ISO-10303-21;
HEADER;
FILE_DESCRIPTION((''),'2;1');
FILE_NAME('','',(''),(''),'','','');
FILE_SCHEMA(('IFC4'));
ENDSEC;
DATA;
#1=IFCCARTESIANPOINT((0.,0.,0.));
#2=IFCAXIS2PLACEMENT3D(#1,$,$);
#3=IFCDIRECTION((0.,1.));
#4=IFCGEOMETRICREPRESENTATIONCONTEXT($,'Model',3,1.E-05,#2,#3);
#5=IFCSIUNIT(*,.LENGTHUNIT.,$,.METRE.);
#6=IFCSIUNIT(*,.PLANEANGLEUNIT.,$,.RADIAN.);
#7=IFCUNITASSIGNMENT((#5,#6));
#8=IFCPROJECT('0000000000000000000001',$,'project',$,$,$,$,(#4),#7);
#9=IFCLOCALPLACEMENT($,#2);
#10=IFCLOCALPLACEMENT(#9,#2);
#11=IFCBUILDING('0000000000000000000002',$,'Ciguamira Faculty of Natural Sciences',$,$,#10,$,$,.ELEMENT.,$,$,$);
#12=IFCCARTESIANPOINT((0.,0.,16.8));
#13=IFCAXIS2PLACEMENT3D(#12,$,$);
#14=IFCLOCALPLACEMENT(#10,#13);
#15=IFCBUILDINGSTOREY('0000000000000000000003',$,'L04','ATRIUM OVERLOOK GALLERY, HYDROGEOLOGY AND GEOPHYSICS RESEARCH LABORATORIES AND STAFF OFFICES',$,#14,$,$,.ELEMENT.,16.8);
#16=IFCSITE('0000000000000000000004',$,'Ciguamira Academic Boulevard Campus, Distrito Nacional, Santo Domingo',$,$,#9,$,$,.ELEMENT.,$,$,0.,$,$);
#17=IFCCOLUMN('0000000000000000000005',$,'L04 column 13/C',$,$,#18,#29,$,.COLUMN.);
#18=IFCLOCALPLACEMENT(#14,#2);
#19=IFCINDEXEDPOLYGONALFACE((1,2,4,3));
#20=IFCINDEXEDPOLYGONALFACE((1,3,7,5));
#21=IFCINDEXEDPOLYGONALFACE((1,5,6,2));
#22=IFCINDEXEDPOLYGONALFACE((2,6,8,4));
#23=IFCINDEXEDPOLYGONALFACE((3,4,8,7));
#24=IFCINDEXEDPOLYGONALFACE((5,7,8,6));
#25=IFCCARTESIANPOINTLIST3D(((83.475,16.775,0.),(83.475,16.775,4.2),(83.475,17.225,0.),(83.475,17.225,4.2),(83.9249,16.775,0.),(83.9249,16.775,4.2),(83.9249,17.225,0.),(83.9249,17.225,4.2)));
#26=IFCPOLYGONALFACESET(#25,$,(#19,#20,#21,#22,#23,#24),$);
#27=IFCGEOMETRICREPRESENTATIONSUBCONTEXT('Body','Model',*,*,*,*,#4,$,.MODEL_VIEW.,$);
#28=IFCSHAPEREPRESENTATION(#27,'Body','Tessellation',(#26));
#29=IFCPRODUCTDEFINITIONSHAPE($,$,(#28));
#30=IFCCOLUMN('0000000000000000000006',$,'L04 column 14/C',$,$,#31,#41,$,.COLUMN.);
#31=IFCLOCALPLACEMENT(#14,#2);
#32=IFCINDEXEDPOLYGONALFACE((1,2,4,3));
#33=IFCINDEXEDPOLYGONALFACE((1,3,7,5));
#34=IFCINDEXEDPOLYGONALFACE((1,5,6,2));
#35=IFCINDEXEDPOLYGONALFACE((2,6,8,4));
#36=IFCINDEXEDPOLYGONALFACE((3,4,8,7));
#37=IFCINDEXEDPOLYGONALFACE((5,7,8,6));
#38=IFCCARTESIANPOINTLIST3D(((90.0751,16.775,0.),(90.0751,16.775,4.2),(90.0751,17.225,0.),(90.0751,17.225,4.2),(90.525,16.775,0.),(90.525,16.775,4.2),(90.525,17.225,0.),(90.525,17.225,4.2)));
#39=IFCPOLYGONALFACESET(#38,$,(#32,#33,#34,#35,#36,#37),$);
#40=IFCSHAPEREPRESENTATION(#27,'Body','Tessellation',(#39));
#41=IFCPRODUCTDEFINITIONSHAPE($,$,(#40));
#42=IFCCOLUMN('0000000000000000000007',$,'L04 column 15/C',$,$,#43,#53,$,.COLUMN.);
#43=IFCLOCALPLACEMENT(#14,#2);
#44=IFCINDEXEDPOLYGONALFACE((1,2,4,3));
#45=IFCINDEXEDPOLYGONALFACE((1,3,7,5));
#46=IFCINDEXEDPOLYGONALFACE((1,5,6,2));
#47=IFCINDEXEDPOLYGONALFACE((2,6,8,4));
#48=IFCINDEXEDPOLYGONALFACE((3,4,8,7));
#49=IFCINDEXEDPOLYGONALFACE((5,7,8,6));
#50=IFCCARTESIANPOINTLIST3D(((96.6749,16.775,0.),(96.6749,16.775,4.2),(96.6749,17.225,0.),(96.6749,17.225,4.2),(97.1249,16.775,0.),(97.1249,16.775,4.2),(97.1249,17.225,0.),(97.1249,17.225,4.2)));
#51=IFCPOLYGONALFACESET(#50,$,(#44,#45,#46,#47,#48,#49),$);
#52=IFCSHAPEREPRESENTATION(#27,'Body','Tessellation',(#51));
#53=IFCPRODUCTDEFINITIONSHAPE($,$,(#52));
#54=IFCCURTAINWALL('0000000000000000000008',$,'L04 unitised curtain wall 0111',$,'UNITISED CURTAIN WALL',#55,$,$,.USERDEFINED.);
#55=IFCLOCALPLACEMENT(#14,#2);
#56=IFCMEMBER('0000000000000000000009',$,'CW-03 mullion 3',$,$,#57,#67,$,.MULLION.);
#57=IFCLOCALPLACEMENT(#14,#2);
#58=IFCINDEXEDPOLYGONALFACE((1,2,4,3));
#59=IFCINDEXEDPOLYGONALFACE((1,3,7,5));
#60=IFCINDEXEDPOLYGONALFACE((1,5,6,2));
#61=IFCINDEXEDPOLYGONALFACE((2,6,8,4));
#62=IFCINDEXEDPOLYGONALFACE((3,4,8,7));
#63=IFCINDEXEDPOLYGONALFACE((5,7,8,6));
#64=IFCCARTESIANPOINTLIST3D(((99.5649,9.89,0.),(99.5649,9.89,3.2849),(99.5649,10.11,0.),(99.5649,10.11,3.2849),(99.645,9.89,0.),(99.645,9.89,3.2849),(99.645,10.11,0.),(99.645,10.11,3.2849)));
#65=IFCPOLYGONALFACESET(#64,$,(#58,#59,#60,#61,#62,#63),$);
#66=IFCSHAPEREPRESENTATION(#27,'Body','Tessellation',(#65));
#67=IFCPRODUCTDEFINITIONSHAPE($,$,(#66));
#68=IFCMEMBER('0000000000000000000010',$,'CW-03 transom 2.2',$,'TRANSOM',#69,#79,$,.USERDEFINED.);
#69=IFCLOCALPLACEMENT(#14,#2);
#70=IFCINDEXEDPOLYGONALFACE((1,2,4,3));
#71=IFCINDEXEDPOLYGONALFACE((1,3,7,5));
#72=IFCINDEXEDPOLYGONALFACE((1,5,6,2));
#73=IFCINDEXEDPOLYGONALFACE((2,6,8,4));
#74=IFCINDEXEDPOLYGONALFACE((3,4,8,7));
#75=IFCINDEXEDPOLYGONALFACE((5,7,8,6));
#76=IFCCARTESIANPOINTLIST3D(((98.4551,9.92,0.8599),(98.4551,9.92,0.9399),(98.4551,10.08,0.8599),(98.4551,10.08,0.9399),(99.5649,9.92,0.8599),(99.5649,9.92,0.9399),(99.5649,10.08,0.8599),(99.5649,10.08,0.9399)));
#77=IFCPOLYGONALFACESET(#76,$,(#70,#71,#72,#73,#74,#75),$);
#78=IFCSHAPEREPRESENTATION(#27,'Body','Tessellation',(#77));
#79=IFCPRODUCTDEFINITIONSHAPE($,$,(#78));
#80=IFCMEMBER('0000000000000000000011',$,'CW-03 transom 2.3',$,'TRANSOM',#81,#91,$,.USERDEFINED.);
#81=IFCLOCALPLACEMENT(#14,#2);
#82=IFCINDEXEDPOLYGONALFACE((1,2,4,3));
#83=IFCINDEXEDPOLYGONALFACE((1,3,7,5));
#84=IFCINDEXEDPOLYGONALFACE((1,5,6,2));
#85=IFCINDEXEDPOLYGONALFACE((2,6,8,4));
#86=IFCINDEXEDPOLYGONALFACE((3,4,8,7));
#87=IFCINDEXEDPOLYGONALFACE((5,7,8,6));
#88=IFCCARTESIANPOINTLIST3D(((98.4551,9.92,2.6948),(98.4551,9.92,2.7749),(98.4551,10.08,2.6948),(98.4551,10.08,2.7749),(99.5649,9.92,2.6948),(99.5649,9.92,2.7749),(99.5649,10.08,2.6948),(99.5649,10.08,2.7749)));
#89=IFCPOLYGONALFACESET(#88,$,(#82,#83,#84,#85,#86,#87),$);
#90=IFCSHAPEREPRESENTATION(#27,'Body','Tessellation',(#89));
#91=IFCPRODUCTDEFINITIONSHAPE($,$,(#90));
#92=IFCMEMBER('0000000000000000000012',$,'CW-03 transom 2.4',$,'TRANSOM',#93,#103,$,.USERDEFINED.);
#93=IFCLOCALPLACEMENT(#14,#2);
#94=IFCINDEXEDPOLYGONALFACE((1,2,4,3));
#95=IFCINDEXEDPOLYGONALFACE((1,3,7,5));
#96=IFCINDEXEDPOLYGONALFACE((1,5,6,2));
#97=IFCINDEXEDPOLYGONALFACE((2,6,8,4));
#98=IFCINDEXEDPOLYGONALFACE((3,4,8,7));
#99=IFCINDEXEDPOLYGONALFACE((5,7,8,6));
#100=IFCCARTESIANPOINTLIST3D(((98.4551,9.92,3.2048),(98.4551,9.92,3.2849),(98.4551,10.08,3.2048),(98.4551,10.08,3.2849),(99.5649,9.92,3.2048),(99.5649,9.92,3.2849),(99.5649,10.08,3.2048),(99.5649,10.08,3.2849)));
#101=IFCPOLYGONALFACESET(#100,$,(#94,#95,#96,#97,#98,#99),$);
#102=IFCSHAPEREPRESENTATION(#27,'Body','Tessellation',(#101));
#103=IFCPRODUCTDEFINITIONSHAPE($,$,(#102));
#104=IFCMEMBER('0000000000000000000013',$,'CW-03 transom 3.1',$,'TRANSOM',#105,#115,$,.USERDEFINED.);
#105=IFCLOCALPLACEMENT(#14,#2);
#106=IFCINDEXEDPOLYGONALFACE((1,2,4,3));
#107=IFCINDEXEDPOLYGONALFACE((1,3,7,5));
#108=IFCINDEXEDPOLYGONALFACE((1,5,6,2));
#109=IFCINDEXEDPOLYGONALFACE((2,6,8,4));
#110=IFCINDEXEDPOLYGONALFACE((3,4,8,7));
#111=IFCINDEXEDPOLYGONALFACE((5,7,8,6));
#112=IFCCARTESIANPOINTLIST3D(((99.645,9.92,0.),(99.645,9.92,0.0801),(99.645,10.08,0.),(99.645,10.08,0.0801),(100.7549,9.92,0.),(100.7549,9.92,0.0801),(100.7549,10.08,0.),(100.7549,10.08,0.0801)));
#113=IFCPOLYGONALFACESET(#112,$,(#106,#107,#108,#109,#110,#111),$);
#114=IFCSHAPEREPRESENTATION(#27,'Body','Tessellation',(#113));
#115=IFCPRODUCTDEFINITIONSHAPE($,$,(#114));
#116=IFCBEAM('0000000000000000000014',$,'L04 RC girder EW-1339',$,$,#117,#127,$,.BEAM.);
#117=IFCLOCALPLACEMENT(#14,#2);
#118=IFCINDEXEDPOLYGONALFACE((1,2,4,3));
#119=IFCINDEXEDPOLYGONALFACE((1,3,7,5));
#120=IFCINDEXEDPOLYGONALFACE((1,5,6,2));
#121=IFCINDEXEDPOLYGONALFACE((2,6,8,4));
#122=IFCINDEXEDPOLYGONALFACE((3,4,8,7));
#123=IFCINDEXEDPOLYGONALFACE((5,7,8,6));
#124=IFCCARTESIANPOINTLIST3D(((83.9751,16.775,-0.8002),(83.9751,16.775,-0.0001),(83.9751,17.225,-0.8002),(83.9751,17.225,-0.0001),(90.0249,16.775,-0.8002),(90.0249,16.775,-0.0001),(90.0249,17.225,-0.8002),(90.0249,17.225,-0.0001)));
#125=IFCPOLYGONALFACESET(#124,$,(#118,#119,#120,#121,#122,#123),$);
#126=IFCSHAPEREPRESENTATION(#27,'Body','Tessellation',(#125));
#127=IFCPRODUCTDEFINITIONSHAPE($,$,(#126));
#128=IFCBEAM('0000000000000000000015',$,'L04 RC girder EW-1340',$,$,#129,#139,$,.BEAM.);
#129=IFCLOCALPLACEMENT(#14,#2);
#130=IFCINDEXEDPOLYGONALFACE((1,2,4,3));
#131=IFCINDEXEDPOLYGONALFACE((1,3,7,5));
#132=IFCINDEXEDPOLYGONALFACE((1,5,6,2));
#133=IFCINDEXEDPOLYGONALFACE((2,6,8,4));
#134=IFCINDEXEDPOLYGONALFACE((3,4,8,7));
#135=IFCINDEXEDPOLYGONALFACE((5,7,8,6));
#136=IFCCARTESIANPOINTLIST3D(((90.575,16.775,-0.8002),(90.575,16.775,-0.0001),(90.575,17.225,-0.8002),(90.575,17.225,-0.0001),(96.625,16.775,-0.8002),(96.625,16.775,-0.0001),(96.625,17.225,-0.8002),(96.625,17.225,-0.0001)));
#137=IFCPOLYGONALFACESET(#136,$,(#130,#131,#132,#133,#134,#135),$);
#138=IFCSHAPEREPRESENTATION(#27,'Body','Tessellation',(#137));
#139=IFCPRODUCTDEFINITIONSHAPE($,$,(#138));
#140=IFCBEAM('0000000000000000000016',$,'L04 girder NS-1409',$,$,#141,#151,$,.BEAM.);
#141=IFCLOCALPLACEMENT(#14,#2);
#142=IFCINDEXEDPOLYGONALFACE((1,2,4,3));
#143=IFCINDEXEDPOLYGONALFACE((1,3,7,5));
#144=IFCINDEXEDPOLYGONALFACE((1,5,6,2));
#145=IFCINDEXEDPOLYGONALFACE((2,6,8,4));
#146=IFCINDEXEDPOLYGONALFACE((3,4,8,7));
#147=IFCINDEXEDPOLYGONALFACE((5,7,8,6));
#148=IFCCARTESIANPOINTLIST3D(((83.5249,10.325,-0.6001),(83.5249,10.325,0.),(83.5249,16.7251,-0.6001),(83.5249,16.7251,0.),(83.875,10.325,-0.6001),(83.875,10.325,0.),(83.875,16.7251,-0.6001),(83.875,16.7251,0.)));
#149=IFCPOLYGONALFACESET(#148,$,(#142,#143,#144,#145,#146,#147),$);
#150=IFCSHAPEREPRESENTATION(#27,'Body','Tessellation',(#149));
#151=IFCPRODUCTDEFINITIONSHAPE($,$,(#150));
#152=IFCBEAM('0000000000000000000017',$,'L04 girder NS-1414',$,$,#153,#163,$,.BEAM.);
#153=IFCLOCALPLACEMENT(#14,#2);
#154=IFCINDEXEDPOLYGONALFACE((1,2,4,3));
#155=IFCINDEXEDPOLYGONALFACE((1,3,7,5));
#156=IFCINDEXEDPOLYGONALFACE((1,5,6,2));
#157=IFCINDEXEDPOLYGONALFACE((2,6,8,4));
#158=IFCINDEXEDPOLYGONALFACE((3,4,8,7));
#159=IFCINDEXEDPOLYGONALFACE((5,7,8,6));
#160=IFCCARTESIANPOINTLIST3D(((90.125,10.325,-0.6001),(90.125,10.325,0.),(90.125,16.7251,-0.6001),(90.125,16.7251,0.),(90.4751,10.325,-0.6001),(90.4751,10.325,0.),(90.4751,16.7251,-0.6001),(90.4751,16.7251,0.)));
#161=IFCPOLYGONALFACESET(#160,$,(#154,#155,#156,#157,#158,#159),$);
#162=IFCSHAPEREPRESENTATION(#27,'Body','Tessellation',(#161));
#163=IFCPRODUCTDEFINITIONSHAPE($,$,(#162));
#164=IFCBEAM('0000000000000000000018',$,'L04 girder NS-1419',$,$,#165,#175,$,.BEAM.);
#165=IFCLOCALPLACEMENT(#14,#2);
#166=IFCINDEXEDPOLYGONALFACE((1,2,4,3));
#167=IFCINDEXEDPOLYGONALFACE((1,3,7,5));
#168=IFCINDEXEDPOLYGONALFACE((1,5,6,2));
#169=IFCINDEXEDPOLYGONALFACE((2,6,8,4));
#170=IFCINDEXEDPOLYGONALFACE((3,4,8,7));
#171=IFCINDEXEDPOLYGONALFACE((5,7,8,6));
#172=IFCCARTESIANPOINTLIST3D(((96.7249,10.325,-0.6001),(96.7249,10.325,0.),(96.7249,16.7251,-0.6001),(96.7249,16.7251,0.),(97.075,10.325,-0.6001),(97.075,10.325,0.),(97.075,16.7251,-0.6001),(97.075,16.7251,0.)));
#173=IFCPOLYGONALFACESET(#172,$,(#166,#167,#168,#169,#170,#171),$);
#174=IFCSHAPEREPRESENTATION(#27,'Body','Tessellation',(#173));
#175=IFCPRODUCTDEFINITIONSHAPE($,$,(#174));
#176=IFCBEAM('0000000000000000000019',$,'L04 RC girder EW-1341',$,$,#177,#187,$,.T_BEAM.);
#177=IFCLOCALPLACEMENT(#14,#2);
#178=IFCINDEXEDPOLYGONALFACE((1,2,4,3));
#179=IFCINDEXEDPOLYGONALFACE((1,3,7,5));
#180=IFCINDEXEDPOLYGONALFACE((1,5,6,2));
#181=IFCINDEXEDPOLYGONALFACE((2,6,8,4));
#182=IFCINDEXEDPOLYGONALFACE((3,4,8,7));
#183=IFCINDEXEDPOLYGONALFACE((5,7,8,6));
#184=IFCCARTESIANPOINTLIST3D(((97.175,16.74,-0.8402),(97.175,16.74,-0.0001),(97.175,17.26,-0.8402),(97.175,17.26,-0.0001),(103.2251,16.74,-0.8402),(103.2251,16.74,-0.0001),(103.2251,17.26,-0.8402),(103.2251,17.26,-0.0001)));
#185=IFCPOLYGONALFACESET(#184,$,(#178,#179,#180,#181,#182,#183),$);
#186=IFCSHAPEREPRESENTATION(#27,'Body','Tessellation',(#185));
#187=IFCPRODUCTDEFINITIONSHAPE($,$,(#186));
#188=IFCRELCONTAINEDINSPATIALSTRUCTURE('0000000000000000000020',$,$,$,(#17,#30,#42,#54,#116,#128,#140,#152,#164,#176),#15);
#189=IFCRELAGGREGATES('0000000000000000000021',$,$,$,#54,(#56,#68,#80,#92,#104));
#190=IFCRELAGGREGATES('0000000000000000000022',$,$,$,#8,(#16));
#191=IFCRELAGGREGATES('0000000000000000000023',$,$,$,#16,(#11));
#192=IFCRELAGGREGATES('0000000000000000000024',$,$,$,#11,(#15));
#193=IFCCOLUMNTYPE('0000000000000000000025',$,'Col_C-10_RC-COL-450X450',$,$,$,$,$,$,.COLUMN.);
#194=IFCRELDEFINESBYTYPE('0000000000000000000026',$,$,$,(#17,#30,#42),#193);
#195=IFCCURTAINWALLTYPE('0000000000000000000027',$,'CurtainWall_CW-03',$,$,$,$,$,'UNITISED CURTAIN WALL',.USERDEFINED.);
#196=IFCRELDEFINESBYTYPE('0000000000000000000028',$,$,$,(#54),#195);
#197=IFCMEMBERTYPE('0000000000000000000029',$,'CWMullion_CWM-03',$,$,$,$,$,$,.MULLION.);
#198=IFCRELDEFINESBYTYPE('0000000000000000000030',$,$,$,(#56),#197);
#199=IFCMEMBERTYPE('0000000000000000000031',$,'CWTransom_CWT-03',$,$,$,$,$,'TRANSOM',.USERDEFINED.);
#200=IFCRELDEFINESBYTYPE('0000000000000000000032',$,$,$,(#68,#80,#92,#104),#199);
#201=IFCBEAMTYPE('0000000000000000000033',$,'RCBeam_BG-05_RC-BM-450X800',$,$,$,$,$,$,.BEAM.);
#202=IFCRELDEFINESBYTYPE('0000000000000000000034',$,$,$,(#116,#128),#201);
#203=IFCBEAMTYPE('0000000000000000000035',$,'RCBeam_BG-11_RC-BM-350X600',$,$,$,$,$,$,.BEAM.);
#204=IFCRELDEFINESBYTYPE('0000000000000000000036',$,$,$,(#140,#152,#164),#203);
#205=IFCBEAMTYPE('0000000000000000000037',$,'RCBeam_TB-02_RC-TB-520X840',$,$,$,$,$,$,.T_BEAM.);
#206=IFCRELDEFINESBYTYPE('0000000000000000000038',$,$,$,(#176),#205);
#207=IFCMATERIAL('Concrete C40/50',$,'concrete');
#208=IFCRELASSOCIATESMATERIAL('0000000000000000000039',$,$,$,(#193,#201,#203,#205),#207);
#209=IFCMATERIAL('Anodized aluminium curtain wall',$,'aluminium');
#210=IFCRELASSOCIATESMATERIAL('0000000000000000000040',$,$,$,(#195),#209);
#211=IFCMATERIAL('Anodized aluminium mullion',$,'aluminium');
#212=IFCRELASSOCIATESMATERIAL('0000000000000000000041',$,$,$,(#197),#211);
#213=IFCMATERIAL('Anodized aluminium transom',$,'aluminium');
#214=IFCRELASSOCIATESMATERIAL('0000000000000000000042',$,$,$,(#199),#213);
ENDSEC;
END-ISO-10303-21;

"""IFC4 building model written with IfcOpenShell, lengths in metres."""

from ifc_helpers import new_model, si_unit, direction, frame, origin, origin_2d, place, context, subcontext, project, spatial, rectangle, extrude, material, material_profile, profile_set, type_object, element, aggregate, save


model = new_model("IFC4")

# Units and contexts
model_context = context("Model", 3, precision=1e-05, world=origin(), true_north=direction((0.0, 1.0)))
body_context = subcontext(model_context, "Body", "Model", "MODEL_VIEW")
ifc_project = project(units=[si_unit("LENGTHUNIT", "METRE"), si_unit("PLANEANGLEUNIT", "RADIAN")], contexts=[model_context])

# Site, building, storey
site_placement = place(None, origin())
site = spatial("IfcSite", under=ifc_project, at=site_placement, Name="Ciguamira Academic Boulevard Campus, Distrito Nacional, Santo Domingo", CompositionType="ELEMENT", RefElevation=0.0)
building_placement = place(site_placement, origin())
building = spatial("IfcBuilding", under=site, at=building_placement, Name="Ciguamira Faculty of Natural Sciences", CompositionType="ELEMENT")
storey_placement = place(building_placement, frame((0.0, 0.0, 16.8)))
storey = spatial("IfcBuildingStorey", under=building, at=storey_placement, Name="L04", Description="ATRIUM OVERLOOK GALLERY, HYDROGEOLOGY AND GEOPHYSICS RESEARCH LABORATORIES AND STAFF OFFICES", CompositionType="ELEMENT", Elevation=16.8)

# Columns
ifc_material_1 = material(Name="Concrete C40/50", Category="concrete")
ifc_material_profile_1 = material_profile(ifc_material_1, rectangle(XDim=0.45, YDim=0.45, at=origin_2d()), Name="RC-COL-450X450")
ifc_profile_set_1 = profile_set([ifc_material_profile_1], Name="Concrete C40/50")
column_type = type_object("IfcColumnType", Name="Col_C-10_RC-COL-450X450", PredefinedType="COLUMN", material=ifc_profile_set_1)
for number, where, z_axis, x_axis, name in (
    (1, (83.7, 17.0, 0.0), (0.0, 0.0, 1.0), (1.0, 0.0, 0.0), "L04 column 13/C"),
    (2, (90.3, 17.0, 0.0), (0.0, 0.0, 1.0), (1.0, 0.0, 0.0), "L04 column 14/C"),
    (3, (96.8999, 17.0, 0.0), (0.0, 0.0, 1.0), (1.0, 0.0, 0.0), "L04 column 15/C"),
):
    element("IfcColumn", number, at=place(storey_placement, frame(where, z_axis=z_axis, x_axis=x_axis)), inside=storey, type_object=column_type, Name=name, PredefinedType="COLUMN", context=body_context, shape_type="SweptSolid", body=[
        extrude(rectangle(XDim=0.45, YDim=0.45, at=origin_2d()), origin(), (0.0, 0.0, 1.0), 4.2),
    ])

# Curtain wall, members
ifc_material_2 = material(Name="Anodized aluminium curtain wall", Category="aluminium")
curtain_wall_type = type_object("IfcCurtainWallType", Name="CurtainWall_CW-03", ElementType="UNITISED CURTAIN WALL", PredefinedType="USERDEFINED", material=ifc_material_2)
curtain_wall_placement = place(storey_placement, origin())
curtain_wall = element("IfcCurtainWall", 4, at=curtain_wall_placement, inside=storey, type_object=curtain_wall_type, Name="L04 unitised curtain wall 0111", ObjectType="UNITISED CURTAIN WALL", PredefinedType="USERDEFINED")
ifc_material_3 = material(Name="Anodized aluminium mullion", Category="aluminium")
ifc_material_profile_2 = material_profile(ifc_material_3, rectangle(XDim=0.0801, YDim=0.22, at=origin_2d()), Name="ALU-MUL-80X220")
ifc_profile_set_2 = profile_set([ifc_material_profile_2], Name="Anodized aluminium mullion")
member_type_1 = type_object("IfcMemberType", Name="CWMullion_CWM-03", PredefinedType="MULLION", material=ifc_profile_set_2)
member_1_placement = place(storey_placement, frame((99.605, 10.0, 0.0), z_axis=(0.0, 0.0, 1.0), x_axis=(1.0, 0.0, 0.0)))
member_1 = element("IfcMember", 5, at=member_1_placement, type_object=member_type_1, Name="CW-03 mullion 3", PredefinedType="MULLION", context=body_context, shape_type="SweptSolid", body=[
    extrude(rectangle(XDim=0.0801, YDim=0.22, at=origin_2d()), origin(), (0.0, 0.0, 1.0), 3.2849),
])
ifc_material_4 = material(Name="Anodized aluminium transom", Category="aluminium")
ifc_material_profile_3 = material_profile(ifc_material_4, rectangle(XDim=0.0801, YDim=0.1599, at=origin_2d()), Name="ALU-TRN-80X160")
ifc_profile_set_3 = profile_set([ifc_material_profile_3], Name="Anodized aluminium transom")
member_type_2 = type_object("IfcMemberType", Name="CWTransom_CWT-03", ElementType="TRANSOM", PredefinedType="USERDEFINED", material=ifc_profile_set_3)
member_2_placement = place(storey_placement, frame((98.4551, 10.0, 0.8999), z_axis=(1.0, 0.0, 0.0), x_axis=(0.0, 0.0, 1.0)))
member_2 = element("IfcMember", 6, at=member_2_placement, type_object=member_type_2, Name="CW-03 transom 2.2", ObjectType="TRANSOM", PredefinedType="USERDEFINED", context=body_context, shape_type="SweptSolid", body=[
    extrude(rectangle(XDim=0.0801, YDim=0.1599, at=origin_2d()), origin(), (0.0, 0.0, 1.0), 1.1099),
])
member_3_placement = place(storey_placement, frame((98.4551, 10.0, 2.7349), z_axis=(1.0, 0.0, 0.0), x_axis=(0.0, 0.0, 1.0)))
member_3 = element("IfcMember", 7, at=member_3_placement, type_object=member_type_2, Name="CW-03 transom 2.3", ObjectType="TRANSOM", PredefinedType="USERDEFINED", context=body_context, shape_type="SweptSolid", body=[
    extrude(rectangle(XDim=0.0801, YDim=0.1599, at=origin_2d()), origin(), (0.0, 0.0, 1.0), 1.1099),
])
member_4_placement = place(storey_placement, frame((98.4551, 10.0, 3.2449), z_axis=(1.0, 0.0, 0.0), x_axis=(0.0, 0.0, 1.0)))
member_4 = element("IfcMember", 8, at=member_4_placement, type_object=member_type_2, Name="CW-03 transom 2.4", ObjectType="TRANSOM", PredefinedType="USERDEFINED", context=body_context, shape_type="SweptSolid", body=[
    extrude(rectangle(XDim=0.0801, YDim=0.1599, at=origin_2d()), origin(), (0.0, 0.0, 1.0), 1.1099),
])
member_5_placement = place(storey_placement, frame((99.645, 10.0, 0.04), z_axis=(1.0, 0.0, 0.0), x_axis=(0.0, 0.0, 1.0)))
member_5 = element("IfcMember", 9, at=member_5_placement, type_object=member_type_2, Name="CW-03 transom 3.1", ObjectType="TRANSOM", PredefinedType="USERDEFINED", context=body_context, shape_type="SweptSolid", body=[
    extrude(rectangle(XDim=0.0801, YDim=0.1599, at=origin_2d()), origin(), (0.0, 0.0, 1.0), 1.1099),
])

# Beams
ifc_material_profile_4 = material_profile(ifc_material_1, rectangle(XDim=0.45, YDim=0.8, at=origin_2d()), Name="RC-BM-450X800")
ifc_profile_set_4 = profile_set([ifc_material_profile_4], Name="Concrete C40/50")
beam_type_1 = type_object("IfcBeamType", Name="RCBeam_BG-05_RC-BM-450X800", PredefinedType="BEAM", material=ifc_profile_set_4)
beam_1_placement = place(storey_placement, frame((83.9751, 17.0, -0.4001), z_axis=(1.0, 0.0, 0.0), x_axis=(0.0, 1.0, 0.0)))
element("IfcBeam", 10, at=beam_1_placement, inside=storey, type_object=beam_type_1, Name="L04 RC girder EW-1339", PredefinedType="BEAM", context=body_context, shape_type="SweptSolid", body=[
    extrude(rectangle(XDim=0.45, YDim=0.8, at=origin_2d()), origin(), (0.0, 0.0, 1.0), 6.0498),
])
beam_2_placement = place(storey_placement, frame((90.575, 17.0, -0.4001), z_axis=(1.0, 0.0, 0.0), x_axis=(0.0, 1.0, 0.0)))
element("IfcBeam", 11, at=beam_2_placement, inside=storey, type_object=beam_type_1, Name="L04 RC girder EW-1340", PredefinedType="BEAM", context=body_context, shape_type="SweptSolid", body=[
    extrude(rectangle(XDim=0.45, YDim=0.8, at=origin_2d()), origin(), (0.0, 0.0, 1.0), 6.05),
])
ifc_material_profile_5 = material_profile(ifc_material_1, rectangle(XDim=0.3501, YDim=0.6001, at=origin_2d()), Name="RC-BM-350X600")
ifc_profile_set_5 = profile_set([ifc_material_profile_5], Name="Concrete C40/50")
beam_type_2 = type_object("IfcBeamType", Name="RCBeam_BG-11_RC-BM-350X600", PredefinedType="BEAM", material=ifc_profile_set_5)
for number, where, z_axis, x_axis, name in (
    (12, (83.7, 10.325, -0.3), (0.0, 1.0, 0.0), (-1.0, 0.0, 0.0), "L04 girder NS-1409"),
    (13, (90.3, 10.325, -0.3), (0.0, 1.0, 0.0), (-1.0, 0.0, 0.0), "L04 girder NS-1414"),
    (14, (96.8999, 10.325, -0.3), (0.0, 1.0, 0.0), (-1.0, 0.0, 0.0), "L04 girder NS-1419"),
):
    element("IfcBeam", number, at=place(storey_placement, frame(where, z_axis=z_axis, x_axis=x_axis)), inside=storey, type_object=beam_type_2, Name=name, PredefinedType="BEAM", context=body_context, shape_type="SweptSolid", body=[
        extrude(rectangle(XDim=0.3501, YDim=0.6001, at=origin_2d()), origin(), (0.0, 0.0, 1.0), 6.4001),
    ])
ifc_material_profile_6 = material_profile(ifc_material_1, rectangle(XDim=0.52, YDim=0.8401, at=origin_2d()), Name="RC-TB-520X840")
ifc_profile_set_6 = profile_set([ifc_material_profile_6], Name="Concrete C40/50")
beam_type_3 = type_object("IfcBeamType", Name="RCBeam_TB-02_RC-TB-520X840", PredefinedType="T_BEAM", material=ifc_profile_set_6)
beam_3_placement = place(storey_placement, frame((97.175, 17.0, -0.4202), z_axis=(1.0, 0.0, 0.0), x_axis=(0.0, 1.0, 0.0)))
element("IfcBeam", 15, at=beam_3_placement, inside=storey, type_object=beam_type_3, Name="L04 RC girder EW-1341", PredefinedType="T_BEAM", context=body_context, shape_type="SweptSolid", body=[
    extrude(rectangle(XDim=0.52, YDim=0.8401, at=origin_2d()), origin(), (0.0, 0.0, 1.0), 6.05),
])

aggregate(curtain_wall, [member_1, member_2, member_3, member_4, member_5])

save(model, "model.ifc")
